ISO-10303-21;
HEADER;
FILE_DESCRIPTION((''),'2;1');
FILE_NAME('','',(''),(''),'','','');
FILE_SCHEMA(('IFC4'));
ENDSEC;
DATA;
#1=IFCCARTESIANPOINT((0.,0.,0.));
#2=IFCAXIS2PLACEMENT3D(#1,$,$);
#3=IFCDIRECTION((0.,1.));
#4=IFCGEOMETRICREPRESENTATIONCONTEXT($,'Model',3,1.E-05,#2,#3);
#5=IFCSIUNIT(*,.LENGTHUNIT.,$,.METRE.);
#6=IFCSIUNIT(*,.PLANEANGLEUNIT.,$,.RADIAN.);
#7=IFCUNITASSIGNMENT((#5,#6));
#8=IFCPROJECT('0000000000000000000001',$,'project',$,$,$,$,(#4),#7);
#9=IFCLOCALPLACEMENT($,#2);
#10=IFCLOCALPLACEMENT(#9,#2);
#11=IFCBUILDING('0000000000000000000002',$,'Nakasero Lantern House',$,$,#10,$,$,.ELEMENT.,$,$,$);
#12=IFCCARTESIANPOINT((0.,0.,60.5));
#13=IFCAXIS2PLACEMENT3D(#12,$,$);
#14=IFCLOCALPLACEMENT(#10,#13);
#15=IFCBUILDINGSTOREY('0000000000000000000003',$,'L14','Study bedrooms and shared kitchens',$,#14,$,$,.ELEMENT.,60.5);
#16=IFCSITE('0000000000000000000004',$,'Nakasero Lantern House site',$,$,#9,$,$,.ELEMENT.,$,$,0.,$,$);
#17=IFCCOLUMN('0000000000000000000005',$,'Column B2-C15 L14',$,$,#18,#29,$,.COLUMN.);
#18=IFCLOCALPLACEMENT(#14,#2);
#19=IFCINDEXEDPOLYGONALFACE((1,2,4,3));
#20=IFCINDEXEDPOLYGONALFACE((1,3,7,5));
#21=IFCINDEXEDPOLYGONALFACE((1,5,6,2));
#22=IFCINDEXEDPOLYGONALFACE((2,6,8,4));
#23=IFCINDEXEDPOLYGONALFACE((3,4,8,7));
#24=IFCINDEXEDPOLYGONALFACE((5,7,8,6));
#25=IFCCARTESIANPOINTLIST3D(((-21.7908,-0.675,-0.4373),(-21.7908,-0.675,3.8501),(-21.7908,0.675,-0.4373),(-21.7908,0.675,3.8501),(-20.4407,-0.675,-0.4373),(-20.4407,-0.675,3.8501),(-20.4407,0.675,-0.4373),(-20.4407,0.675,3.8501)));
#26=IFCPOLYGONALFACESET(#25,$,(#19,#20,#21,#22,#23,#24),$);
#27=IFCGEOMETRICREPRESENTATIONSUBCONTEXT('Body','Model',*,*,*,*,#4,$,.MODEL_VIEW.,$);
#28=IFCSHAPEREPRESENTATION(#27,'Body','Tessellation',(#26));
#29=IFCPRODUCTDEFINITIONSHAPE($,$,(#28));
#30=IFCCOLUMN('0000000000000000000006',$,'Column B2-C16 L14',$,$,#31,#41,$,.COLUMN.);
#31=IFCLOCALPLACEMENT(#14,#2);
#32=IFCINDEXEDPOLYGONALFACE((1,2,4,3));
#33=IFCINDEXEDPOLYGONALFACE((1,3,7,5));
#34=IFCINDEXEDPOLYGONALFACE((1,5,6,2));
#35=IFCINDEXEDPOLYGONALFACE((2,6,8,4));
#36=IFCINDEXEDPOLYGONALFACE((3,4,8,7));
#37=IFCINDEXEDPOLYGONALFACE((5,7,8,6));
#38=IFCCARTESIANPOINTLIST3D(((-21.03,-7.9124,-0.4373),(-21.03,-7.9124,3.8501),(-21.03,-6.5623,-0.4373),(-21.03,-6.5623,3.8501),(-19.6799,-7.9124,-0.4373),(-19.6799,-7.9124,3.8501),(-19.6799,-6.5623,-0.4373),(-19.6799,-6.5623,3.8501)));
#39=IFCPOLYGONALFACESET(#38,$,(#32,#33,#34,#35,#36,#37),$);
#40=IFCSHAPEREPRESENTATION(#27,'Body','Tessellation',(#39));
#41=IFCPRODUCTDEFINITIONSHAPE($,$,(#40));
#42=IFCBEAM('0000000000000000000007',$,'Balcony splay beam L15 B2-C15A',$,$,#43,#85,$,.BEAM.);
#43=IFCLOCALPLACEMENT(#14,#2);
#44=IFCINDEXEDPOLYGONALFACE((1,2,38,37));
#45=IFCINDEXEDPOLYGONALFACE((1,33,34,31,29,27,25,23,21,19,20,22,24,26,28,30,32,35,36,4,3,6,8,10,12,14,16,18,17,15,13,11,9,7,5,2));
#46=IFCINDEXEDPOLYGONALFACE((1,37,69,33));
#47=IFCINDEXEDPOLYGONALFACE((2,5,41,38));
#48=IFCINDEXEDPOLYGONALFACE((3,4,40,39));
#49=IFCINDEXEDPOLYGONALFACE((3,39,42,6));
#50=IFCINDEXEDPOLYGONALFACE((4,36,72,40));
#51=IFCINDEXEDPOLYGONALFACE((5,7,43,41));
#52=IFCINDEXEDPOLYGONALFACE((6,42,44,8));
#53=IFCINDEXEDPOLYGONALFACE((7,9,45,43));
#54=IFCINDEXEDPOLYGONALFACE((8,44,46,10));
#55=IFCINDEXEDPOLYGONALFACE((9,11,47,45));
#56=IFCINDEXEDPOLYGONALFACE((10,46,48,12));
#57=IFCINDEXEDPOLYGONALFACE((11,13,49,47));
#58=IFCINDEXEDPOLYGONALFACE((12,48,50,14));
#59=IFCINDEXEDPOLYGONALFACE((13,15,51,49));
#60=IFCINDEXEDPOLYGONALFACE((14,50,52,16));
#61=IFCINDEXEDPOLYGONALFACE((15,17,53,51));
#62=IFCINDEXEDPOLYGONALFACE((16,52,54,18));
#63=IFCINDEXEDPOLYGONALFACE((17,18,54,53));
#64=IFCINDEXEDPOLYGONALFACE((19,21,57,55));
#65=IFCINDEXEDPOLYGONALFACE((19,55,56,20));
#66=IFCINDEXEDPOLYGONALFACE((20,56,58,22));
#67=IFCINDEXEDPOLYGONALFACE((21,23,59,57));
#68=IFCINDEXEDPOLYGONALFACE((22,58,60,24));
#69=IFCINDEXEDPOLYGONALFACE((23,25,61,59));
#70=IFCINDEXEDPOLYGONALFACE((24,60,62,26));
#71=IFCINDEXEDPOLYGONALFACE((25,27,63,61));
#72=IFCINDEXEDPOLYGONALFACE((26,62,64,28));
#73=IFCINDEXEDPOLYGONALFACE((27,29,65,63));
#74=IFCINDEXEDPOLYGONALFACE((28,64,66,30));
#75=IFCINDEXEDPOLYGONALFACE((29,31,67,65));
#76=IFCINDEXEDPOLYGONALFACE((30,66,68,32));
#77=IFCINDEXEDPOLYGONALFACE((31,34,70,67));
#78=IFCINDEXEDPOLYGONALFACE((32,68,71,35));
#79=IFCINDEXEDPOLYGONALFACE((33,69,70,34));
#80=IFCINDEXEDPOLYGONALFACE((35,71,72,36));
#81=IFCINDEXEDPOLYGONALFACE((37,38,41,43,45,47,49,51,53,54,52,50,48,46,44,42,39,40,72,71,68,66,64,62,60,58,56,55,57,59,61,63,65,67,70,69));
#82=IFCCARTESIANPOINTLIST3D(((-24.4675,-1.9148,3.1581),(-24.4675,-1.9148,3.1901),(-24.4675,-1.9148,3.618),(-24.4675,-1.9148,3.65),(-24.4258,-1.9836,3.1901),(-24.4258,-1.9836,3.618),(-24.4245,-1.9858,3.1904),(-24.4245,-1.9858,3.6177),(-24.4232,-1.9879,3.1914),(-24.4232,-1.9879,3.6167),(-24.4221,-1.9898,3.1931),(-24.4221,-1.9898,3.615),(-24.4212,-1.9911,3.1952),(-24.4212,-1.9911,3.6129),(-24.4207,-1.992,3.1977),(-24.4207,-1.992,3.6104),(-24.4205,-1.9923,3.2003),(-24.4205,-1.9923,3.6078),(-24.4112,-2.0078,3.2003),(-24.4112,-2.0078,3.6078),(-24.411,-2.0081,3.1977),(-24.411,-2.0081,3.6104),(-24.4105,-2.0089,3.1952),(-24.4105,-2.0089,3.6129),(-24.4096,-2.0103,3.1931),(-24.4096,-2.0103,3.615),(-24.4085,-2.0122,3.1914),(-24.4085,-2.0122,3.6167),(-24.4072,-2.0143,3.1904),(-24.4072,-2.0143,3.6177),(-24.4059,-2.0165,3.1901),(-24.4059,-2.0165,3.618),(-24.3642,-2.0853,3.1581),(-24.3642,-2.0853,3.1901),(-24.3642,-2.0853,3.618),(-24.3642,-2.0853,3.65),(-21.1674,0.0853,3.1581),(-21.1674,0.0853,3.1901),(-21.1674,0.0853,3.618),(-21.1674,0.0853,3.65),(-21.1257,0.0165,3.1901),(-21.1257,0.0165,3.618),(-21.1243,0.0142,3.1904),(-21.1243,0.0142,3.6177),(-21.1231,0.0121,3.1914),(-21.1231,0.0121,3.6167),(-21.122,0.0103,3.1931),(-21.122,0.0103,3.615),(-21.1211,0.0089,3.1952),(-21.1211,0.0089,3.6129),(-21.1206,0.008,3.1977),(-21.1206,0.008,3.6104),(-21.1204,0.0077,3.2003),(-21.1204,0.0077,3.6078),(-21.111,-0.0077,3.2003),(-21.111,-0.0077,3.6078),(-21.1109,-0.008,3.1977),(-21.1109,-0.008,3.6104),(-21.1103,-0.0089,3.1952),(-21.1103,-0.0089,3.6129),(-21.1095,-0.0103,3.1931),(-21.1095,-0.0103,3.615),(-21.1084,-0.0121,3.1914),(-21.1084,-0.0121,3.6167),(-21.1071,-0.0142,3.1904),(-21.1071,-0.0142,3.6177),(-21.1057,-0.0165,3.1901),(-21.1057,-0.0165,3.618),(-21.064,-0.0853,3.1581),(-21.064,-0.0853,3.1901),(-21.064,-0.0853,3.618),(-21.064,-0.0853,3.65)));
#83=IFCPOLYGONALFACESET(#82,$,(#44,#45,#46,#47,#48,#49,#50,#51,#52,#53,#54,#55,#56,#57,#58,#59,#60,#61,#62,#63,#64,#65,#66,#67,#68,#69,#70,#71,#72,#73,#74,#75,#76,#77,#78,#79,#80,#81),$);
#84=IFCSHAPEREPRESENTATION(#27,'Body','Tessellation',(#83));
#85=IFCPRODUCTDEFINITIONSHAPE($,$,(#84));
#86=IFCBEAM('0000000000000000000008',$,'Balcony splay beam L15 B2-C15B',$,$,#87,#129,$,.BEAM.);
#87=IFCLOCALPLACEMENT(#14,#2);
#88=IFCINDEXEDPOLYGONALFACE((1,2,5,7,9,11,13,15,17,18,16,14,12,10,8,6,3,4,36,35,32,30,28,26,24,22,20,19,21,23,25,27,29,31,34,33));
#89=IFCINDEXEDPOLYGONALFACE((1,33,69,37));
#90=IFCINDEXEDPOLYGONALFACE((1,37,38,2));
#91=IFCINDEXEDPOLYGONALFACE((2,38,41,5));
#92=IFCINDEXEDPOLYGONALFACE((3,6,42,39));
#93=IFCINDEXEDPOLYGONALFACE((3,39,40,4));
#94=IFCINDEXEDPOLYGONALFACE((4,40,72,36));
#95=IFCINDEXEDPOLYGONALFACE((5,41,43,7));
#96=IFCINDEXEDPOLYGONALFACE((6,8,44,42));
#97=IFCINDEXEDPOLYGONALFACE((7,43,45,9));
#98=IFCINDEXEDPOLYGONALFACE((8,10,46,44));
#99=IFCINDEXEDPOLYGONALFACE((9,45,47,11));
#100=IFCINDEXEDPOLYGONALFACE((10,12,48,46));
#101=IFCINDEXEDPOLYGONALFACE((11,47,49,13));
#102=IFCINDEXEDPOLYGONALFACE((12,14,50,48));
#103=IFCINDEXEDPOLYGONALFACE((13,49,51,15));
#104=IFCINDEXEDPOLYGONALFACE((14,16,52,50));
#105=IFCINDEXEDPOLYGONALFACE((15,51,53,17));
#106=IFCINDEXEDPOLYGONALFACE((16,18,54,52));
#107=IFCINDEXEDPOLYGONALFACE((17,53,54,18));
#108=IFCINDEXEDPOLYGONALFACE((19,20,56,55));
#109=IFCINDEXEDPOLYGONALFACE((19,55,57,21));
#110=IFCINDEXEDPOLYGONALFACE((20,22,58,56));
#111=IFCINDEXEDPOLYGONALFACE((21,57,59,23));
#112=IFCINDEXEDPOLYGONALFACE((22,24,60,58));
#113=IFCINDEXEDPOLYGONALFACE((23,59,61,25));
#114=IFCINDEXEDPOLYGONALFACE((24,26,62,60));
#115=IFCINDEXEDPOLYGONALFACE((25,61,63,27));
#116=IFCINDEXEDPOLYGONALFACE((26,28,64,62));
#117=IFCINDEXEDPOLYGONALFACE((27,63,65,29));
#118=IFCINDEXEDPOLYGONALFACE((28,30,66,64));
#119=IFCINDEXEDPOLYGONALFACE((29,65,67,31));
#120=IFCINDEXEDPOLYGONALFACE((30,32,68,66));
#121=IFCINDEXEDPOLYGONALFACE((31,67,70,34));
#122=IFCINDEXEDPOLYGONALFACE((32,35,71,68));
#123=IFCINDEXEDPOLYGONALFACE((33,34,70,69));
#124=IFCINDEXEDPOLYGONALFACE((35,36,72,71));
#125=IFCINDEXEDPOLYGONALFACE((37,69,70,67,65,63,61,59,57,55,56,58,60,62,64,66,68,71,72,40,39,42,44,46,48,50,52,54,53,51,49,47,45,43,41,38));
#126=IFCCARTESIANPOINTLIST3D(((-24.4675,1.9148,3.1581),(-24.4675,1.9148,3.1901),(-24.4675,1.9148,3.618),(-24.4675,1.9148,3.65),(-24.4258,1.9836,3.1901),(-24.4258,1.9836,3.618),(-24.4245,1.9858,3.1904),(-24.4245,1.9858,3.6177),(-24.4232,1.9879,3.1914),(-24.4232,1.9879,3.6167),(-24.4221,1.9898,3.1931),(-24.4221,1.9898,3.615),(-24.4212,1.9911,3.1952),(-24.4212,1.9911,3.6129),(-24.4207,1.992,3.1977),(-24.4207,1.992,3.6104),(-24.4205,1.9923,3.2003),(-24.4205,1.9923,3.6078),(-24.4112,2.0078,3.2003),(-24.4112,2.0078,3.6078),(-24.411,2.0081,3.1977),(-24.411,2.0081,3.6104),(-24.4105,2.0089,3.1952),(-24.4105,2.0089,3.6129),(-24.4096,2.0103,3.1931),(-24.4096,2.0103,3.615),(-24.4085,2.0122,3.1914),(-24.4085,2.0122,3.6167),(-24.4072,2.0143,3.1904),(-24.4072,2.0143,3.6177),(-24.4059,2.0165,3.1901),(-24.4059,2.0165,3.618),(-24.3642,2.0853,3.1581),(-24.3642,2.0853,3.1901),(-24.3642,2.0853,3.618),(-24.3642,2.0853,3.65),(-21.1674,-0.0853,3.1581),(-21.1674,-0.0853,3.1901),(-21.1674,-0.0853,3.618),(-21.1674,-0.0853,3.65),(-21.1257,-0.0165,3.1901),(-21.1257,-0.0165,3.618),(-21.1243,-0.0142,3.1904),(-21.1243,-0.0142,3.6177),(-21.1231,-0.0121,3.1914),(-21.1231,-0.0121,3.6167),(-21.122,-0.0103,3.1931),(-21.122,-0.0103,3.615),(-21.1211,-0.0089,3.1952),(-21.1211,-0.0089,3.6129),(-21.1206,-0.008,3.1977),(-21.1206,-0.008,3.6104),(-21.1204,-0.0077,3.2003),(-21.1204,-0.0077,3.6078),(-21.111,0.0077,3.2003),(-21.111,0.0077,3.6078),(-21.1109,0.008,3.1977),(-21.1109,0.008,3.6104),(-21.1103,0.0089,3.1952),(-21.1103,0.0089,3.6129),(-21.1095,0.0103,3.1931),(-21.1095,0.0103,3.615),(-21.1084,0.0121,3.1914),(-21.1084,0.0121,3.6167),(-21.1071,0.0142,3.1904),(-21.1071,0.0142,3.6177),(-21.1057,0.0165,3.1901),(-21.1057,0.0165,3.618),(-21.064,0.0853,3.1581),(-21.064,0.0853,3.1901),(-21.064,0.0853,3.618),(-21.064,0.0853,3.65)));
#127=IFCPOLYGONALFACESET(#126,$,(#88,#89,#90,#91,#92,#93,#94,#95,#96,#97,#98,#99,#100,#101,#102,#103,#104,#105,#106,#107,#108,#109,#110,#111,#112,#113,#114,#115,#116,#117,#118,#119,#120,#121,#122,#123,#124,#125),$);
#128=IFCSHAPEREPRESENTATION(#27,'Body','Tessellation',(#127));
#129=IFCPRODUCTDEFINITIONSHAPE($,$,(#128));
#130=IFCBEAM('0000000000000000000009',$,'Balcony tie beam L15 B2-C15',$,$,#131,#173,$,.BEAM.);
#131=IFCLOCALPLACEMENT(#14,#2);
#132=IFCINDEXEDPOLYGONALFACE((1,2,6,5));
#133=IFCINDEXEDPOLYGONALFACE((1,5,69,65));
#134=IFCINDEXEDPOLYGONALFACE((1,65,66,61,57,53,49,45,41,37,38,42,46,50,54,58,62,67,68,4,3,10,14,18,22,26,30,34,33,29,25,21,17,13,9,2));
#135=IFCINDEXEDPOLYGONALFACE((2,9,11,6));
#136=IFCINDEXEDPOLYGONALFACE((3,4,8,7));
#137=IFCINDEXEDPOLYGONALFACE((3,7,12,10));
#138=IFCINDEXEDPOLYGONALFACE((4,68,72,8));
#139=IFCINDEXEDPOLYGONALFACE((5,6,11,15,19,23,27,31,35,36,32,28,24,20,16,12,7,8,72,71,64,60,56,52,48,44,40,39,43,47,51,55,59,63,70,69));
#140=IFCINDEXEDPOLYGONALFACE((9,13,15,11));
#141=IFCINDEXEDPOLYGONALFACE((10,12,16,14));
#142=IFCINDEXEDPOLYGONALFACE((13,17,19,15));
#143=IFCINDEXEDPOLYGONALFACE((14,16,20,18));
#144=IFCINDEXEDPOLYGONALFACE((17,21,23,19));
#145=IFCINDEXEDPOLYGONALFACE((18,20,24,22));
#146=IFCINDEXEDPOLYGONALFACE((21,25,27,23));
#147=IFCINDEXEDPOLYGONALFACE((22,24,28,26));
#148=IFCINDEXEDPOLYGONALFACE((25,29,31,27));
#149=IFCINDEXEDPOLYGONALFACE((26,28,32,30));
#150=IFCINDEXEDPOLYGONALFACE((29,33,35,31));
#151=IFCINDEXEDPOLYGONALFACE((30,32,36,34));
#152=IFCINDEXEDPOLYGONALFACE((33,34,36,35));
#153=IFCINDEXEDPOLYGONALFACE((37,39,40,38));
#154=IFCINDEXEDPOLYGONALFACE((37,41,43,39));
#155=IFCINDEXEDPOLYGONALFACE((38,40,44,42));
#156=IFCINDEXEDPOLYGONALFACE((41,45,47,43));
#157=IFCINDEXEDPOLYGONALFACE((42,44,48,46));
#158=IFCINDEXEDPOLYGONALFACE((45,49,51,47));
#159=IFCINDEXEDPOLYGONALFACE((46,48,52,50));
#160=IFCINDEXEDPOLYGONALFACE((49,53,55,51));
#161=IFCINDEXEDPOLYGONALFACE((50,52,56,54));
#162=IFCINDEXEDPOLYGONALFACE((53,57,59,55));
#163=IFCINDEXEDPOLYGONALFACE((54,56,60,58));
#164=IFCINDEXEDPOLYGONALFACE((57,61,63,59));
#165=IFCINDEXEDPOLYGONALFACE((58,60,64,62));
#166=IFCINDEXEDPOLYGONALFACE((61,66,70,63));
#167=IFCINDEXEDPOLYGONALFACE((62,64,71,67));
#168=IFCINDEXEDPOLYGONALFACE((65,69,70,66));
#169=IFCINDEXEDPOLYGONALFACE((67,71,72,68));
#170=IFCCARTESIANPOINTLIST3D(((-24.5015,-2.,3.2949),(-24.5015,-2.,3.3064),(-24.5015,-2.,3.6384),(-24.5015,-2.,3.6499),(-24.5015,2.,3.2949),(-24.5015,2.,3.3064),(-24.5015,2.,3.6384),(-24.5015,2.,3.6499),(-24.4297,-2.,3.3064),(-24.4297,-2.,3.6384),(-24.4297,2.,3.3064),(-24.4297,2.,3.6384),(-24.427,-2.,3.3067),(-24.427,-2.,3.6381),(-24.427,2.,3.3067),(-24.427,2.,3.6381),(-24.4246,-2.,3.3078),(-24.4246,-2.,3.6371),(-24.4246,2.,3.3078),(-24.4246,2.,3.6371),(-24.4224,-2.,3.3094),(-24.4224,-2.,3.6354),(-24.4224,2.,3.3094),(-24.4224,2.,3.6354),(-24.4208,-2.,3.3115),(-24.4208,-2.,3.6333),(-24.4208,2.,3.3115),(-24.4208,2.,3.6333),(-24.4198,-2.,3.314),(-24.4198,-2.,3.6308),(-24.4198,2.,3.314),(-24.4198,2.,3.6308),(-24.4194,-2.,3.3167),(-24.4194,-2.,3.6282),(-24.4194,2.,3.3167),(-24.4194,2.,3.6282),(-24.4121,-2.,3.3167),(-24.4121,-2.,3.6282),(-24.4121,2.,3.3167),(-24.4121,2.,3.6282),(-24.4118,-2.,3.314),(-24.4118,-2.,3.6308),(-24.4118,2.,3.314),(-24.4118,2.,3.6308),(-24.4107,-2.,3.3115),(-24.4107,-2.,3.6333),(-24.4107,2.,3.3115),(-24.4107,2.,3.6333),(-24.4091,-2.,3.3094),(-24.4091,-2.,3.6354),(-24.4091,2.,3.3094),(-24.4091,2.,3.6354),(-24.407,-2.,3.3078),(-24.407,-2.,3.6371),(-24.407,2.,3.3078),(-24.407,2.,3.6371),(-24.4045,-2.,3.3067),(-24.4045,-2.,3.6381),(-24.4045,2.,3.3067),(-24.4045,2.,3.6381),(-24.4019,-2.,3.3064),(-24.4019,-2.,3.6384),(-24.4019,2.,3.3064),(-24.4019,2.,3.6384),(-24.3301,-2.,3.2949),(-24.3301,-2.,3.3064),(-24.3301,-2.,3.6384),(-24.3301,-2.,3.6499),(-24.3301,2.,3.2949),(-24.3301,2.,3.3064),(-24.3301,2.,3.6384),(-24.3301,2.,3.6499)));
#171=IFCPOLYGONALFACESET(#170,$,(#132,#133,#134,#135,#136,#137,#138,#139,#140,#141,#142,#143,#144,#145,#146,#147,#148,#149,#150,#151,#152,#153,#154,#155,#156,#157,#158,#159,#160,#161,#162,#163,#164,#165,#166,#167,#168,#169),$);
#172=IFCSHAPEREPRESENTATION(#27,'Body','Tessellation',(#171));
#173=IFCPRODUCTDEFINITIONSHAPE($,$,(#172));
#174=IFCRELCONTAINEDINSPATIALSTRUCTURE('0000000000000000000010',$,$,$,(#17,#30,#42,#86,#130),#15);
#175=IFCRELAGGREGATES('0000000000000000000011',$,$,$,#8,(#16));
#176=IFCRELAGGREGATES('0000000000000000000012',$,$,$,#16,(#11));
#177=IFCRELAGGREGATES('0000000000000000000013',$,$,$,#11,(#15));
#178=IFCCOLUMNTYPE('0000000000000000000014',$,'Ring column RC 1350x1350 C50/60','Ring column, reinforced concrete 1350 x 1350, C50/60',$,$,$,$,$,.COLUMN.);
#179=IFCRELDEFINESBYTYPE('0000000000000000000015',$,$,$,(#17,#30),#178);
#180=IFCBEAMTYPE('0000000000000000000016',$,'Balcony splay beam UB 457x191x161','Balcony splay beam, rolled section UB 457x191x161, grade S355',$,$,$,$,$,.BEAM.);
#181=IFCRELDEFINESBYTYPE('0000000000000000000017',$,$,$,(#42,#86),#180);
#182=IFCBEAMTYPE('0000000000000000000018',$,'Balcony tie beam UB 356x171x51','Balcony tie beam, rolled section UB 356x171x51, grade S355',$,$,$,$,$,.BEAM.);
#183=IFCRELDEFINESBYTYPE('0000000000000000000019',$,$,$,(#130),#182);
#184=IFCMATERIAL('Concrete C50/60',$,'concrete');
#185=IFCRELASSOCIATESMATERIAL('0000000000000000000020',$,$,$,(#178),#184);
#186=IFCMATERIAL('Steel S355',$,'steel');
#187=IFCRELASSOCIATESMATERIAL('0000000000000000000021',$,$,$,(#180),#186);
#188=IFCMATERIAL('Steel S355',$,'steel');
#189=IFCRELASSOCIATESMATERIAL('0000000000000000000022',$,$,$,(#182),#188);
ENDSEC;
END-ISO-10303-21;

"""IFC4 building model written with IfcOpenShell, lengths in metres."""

from ifc_helpers import new_model, si_unit, direction, frame, origin, origin_2d, place, context, subcontext, project, spatial, rectangle, i_section, extrude, material, material_profile, profile_set, type_object, element, save


model = new_model("IFC4")

# Units and contexts
model_context = context("Model", 3, precision=1e-05, world=origin(), true_north=direction((0.0, 1.0)))
body_context = subcontext(model_context, "Body", "Model", "MODEL_VIEW")
ifc_project = project(units=[si_unit("LENGTHUNIT", "METRE"), si_unit("PLANEANGLEUNIT", "RADIAN")], contexts=[model_context])

# Site, building, storey
site_placement = place(None, origin())
site = spatial("IfcSite", under=ifc_project, at=site_placement, Name="Nakasero Lantern House site", CompositionType="ELEMENT", RefElevation=0.0)
building_placement = place(site_placement, origin())
building = spatial("IfcBuilding", under=site, at=building_placement, Name="Nakasero Lantern House", CompositionType="ELEMENT")
storey_placement = place(building_placement, frame((0.0, 0.0, 60.5)))
storey = spatial("IfcBuildingStorey", under=building, at=storey_placement, Name="L14", Description="Study bedrooms and shared kitchens", CompositionType="ELEMENT", Elevation=60.5)

# Columns
ifc_material_1 = material(Name="Concrete C50/60", Category="concrete")
ifc_material_profile_1 = material_profile(ifc_material_1, rectangle(XDim=1.3501, YDim=1.3501, at=origin_2d()), Name="RC 1350x1350")
ifc_profile_set_1 = profile_set([ifc_material_profile_1], Name="Concrete C50/60")
column_type = type_object("IfcColumnType", Name="Ring column RC 1350x1350 C50/60", Description="Ring column, reinforced concrete 1350 x 1350, C50/60", PredefinedType="COLUMN", material=ifc_profile_set_1)
for number, where, z_axis, x_axis, name in (
    (1, (-21.1157, 0.0, -0.4373), (0.0, 0.0, 1.0), (1.0, 0.0, 0.0), "Column B2-C15 L14"),
    (2, (-20.355, -7.2373, -0.4373), (0.0, 0.0, 1.0), (1.0, 0.0, 0.0), "Column B2-C16 L14"),
):
    element("IfcColumn", number, at=place(storey_placement, frame(where, z_axis=z_axis, x_axis=x_axis)), inside=storey, type_object=column_type, Name=name, PredefinedType="COLUMN", context=body_context, shape_type="SweptSolid", body=[
        extrude(rectangle(XDim=1.3501, YDim=1.3501, at=origin_2d()), origin(), (0.0, 0.0, 1.0), 4.2874),
    ])

# Beams
ifc_material_2 = material(Name="Steel S355", Category="steel")
ifc_material_profile_2 = material_profile(ifc_material_2, i_section(OverallWidth=0.1995, OverallDepth=0.4919, WebThickness=0.0181, FlangeThickness=0.032, FilletRadius=0.0103, at=origin_2d()), Name="UB 457x191x161")
ifc_profile_set_2 = profile_set([ifc_material_profile_2], Name="Steel S355")
beam_type_1 = type_object("IfcBeamType", Name="Balcony splay beam UB 457x191x161", Description="Balcony splay beam, rolled section UB 457x191x161, grade S355", PredefinedType="BEAM", material=ifc_profile_set_2)
for number, where, z_axis, x_axis, name in (
    (3, (-21.1157, 0.0, 3.4041), (-0.855201, -0.518296, 0.0), (0.518296, -0.855201, 0.0), "Balcony splay beam L15 B2-C15A"),
    (4, (-21.1157, 0.0, 3.4041), (-0.855201, 0.518296, 0.0), (-0.518296, -0.855201, 0.0), "Balcony splay beam L15 B2-C15B"),
):
    element("IfcBeam", number, at=place(storey_placement, frame(where, z_axis=z_axis, x_axis=x_axis)), inside=storey, type_object=beam_type_1, Name=name, PredefinedType="BEAM", context=body_context, shape_type="SweptSolid", body=[
        extrude(i_section(OverallWidth=0.1995, OverallDepth=0.4919, WebThickness=0.0181, FlangeThickness=0.032, FilletRadius=0.0103, at=origin_2d()), origin(), (0.0, 0.0, 1.0), 3.8589),
    ])
ifc_material_3 = material(Name="Steel S355", Category="steel")
ifc_material_profile_3 = material_profile(ifc_material_3, i_section(OverallWidth=0.1714, OverallDepth=0.355, WebThickness=0.0073, FlangeThickness=0.0115, FilletRadius=0.0103, at=origin_2d()), Name="UB 356x171x51")
ifc_profile_set_3 = profile_set([ifc_material_profile_3], Name="Steel S355")
beam_type_2 = type_object("IfcBeamType", Name="Balcony tie beam UB 356x171x51", Description="Balcony tie beam, rolled section UB 356x171x51, grade S355", PredefinedType="BEAM", material=ifc_profile_set_3)
beam_1_placement = place(storey_placement, frame((-24.4158, -2.0, 3.4724), z_axis=(0.0, 1.0, 0.0), x_axis=(-1.0, 0.0, 0.0)))
element("IfcBeam", 5, at=beam_1_placement, inside=storey, type_object=beam_type_2, Name="Balcony tie beam L15 B2-C15", PredefinedType="BEAM", context=body_context, shape_type="SweptSolid", body=[
    extrude(i_section(OverallWidth=0.1714, OverallDepth=0.355, WebThickness=0.0073, FlangeThickness=0.0115, FilletRadius=0.0103, at=origin_2d()), origin(), (0.0, 0.0, 1.0), 4.0),
])

save(model, "model.ifc")
